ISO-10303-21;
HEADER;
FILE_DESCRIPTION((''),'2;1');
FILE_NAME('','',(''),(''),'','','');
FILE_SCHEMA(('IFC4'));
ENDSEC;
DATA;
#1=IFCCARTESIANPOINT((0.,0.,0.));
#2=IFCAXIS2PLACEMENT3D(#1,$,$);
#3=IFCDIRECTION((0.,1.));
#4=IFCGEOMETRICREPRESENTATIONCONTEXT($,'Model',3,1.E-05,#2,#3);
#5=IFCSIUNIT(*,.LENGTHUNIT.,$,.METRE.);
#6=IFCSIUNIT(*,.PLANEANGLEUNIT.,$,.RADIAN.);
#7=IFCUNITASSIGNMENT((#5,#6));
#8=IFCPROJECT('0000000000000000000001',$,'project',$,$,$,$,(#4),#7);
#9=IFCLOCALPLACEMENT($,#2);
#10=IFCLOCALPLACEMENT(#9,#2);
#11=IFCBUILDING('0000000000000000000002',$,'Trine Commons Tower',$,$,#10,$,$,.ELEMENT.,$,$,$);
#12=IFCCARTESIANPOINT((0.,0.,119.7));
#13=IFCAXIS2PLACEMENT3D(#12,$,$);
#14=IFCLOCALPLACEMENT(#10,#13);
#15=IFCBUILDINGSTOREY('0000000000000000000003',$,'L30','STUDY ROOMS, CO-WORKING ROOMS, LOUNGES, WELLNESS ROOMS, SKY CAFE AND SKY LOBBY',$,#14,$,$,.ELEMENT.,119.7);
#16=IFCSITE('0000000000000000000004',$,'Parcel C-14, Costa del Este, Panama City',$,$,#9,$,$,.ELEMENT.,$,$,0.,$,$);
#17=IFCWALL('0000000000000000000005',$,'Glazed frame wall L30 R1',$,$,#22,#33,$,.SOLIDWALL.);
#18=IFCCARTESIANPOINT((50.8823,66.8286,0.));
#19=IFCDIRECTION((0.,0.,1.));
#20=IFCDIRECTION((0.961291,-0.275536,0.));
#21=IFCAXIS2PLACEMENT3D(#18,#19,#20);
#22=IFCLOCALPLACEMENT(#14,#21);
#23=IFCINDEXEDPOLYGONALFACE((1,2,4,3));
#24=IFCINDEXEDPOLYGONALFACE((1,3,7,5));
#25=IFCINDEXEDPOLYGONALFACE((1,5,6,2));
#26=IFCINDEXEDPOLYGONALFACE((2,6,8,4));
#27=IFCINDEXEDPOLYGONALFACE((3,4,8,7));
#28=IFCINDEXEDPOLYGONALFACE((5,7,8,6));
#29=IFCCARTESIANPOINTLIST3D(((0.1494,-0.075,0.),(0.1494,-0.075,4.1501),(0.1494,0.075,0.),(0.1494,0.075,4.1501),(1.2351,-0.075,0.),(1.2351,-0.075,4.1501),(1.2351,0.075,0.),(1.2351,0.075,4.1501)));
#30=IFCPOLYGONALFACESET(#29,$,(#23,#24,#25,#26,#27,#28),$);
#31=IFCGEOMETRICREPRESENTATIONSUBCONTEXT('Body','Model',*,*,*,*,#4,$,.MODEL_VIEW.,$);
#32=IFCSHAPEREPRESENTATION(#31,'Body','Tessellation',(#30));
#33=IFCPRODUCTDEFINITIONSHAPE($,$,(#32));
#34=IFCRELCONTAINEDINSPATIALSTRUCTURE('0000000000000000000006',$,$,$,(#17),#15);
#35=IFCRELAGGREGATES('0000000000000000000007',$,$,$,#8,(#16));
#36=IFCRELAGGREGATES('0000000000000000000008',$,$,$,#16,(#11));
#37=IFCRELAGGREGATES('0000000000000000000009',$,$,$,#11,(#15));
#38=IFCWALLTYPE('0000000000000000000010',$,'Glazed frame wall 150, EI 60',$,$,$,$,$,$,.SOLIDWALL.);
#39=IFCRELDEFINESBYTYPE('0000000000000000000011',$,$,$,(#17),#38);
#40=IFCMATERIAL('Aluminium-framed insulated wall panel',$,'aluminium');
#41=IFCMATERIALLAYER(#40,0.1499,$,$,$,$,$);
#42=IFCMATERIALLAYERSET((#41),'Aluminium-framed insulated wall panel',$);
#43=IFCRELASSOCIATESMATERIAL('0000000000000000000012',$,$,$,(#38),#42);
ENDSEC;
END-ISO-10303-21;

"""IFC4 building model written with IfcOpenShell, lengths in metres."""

from ifc_helpers import new_model, si_unit, direction, frame, origin, place, context, subcontext, project, spatial, polyline, outline, extrude, material, layer, layer_set, type_object, element, save


model = new_model("IFC4")

# Units and contexts
model_context = context("Model", 3, precision=1e-05, world=origin(), true_north=direction((0.0, 1.0)))
body_context = subcontext(model_context, "Body", "Model", "MODEL_VIEW")
ifc_project = project(units=[si_unit("LENGTHUNIT", "METRE"), si_unit("PLANEANGLEUNIT", "RADIAN")], contexts=[model_context])

# Site, building, storey
site_placement = place(None, origin())
site = spatial("IfcSite", under=ifc_project, at=site_placement, Name="Parcel C-14, Costa del Este, Panama City", CompositionType="ELEMENT", RefElevation=0.0)
building_placement = place(site_placement, origin())
building = spatial("IfcBuilding", under=site, at=building_placement, Name="Trine Commons Tower", CompositionType="ELEMENT")
storey_placement = place(building_placement, frame((0.0, 0.0, 119.7)))
storey = spatial("IfcBuildingStorey", under=building, at=storey_placement, Name="L30", Description="STUDY ROOMS, CO-WORKING ROOMS, LOUNGES, WELLNESS ROOMS, SKY CAFE AND SKY LOBBY", CompositionType="ELEMENT", Elevation=119.7)

# Wall
ifc_material_1 = material(Name="Aluminium-framed insulated wall panel", Category="aluminium")
ifc_layer_1 = layer(ifc_material_1, 0.1499)
ifc_layer_set_1 = layer_set([ifc_layer_1], Name="Aluminium-framed insulated wall panel")
wall_type_1 = type_object("IfcWallType", Name="Glazed frame wall 150, EI 60", PredefinedType="SOLIDWALL", material=ifc_layer_set_1)
wall_1_placement = place(storey_placement, frame((50.8823, 66.8286, 0.0), z_axis=(0.0, 0.0, 1.0), x_axis=(0.961291, -0.275536, 0.0)))
element("IfcWall", 1, at=wall_1_placement, inside=storey, type_object=wall_type_1, Name="Glazed frame wall L30 R1", PredefinedType="SOLIDWALL", context=body_context, shape_type="SweptSolid", body=[
    extrude(outline(polyline([(0.1494, 0.075), (0.1494, -0.075), (1.2351, -0.075), (1.2351, 0.075), (0.1494, 0.075)])), origin(), (0.0, 0.0, 1.0), 4.1501),
])

save(model, "model.ifc")
